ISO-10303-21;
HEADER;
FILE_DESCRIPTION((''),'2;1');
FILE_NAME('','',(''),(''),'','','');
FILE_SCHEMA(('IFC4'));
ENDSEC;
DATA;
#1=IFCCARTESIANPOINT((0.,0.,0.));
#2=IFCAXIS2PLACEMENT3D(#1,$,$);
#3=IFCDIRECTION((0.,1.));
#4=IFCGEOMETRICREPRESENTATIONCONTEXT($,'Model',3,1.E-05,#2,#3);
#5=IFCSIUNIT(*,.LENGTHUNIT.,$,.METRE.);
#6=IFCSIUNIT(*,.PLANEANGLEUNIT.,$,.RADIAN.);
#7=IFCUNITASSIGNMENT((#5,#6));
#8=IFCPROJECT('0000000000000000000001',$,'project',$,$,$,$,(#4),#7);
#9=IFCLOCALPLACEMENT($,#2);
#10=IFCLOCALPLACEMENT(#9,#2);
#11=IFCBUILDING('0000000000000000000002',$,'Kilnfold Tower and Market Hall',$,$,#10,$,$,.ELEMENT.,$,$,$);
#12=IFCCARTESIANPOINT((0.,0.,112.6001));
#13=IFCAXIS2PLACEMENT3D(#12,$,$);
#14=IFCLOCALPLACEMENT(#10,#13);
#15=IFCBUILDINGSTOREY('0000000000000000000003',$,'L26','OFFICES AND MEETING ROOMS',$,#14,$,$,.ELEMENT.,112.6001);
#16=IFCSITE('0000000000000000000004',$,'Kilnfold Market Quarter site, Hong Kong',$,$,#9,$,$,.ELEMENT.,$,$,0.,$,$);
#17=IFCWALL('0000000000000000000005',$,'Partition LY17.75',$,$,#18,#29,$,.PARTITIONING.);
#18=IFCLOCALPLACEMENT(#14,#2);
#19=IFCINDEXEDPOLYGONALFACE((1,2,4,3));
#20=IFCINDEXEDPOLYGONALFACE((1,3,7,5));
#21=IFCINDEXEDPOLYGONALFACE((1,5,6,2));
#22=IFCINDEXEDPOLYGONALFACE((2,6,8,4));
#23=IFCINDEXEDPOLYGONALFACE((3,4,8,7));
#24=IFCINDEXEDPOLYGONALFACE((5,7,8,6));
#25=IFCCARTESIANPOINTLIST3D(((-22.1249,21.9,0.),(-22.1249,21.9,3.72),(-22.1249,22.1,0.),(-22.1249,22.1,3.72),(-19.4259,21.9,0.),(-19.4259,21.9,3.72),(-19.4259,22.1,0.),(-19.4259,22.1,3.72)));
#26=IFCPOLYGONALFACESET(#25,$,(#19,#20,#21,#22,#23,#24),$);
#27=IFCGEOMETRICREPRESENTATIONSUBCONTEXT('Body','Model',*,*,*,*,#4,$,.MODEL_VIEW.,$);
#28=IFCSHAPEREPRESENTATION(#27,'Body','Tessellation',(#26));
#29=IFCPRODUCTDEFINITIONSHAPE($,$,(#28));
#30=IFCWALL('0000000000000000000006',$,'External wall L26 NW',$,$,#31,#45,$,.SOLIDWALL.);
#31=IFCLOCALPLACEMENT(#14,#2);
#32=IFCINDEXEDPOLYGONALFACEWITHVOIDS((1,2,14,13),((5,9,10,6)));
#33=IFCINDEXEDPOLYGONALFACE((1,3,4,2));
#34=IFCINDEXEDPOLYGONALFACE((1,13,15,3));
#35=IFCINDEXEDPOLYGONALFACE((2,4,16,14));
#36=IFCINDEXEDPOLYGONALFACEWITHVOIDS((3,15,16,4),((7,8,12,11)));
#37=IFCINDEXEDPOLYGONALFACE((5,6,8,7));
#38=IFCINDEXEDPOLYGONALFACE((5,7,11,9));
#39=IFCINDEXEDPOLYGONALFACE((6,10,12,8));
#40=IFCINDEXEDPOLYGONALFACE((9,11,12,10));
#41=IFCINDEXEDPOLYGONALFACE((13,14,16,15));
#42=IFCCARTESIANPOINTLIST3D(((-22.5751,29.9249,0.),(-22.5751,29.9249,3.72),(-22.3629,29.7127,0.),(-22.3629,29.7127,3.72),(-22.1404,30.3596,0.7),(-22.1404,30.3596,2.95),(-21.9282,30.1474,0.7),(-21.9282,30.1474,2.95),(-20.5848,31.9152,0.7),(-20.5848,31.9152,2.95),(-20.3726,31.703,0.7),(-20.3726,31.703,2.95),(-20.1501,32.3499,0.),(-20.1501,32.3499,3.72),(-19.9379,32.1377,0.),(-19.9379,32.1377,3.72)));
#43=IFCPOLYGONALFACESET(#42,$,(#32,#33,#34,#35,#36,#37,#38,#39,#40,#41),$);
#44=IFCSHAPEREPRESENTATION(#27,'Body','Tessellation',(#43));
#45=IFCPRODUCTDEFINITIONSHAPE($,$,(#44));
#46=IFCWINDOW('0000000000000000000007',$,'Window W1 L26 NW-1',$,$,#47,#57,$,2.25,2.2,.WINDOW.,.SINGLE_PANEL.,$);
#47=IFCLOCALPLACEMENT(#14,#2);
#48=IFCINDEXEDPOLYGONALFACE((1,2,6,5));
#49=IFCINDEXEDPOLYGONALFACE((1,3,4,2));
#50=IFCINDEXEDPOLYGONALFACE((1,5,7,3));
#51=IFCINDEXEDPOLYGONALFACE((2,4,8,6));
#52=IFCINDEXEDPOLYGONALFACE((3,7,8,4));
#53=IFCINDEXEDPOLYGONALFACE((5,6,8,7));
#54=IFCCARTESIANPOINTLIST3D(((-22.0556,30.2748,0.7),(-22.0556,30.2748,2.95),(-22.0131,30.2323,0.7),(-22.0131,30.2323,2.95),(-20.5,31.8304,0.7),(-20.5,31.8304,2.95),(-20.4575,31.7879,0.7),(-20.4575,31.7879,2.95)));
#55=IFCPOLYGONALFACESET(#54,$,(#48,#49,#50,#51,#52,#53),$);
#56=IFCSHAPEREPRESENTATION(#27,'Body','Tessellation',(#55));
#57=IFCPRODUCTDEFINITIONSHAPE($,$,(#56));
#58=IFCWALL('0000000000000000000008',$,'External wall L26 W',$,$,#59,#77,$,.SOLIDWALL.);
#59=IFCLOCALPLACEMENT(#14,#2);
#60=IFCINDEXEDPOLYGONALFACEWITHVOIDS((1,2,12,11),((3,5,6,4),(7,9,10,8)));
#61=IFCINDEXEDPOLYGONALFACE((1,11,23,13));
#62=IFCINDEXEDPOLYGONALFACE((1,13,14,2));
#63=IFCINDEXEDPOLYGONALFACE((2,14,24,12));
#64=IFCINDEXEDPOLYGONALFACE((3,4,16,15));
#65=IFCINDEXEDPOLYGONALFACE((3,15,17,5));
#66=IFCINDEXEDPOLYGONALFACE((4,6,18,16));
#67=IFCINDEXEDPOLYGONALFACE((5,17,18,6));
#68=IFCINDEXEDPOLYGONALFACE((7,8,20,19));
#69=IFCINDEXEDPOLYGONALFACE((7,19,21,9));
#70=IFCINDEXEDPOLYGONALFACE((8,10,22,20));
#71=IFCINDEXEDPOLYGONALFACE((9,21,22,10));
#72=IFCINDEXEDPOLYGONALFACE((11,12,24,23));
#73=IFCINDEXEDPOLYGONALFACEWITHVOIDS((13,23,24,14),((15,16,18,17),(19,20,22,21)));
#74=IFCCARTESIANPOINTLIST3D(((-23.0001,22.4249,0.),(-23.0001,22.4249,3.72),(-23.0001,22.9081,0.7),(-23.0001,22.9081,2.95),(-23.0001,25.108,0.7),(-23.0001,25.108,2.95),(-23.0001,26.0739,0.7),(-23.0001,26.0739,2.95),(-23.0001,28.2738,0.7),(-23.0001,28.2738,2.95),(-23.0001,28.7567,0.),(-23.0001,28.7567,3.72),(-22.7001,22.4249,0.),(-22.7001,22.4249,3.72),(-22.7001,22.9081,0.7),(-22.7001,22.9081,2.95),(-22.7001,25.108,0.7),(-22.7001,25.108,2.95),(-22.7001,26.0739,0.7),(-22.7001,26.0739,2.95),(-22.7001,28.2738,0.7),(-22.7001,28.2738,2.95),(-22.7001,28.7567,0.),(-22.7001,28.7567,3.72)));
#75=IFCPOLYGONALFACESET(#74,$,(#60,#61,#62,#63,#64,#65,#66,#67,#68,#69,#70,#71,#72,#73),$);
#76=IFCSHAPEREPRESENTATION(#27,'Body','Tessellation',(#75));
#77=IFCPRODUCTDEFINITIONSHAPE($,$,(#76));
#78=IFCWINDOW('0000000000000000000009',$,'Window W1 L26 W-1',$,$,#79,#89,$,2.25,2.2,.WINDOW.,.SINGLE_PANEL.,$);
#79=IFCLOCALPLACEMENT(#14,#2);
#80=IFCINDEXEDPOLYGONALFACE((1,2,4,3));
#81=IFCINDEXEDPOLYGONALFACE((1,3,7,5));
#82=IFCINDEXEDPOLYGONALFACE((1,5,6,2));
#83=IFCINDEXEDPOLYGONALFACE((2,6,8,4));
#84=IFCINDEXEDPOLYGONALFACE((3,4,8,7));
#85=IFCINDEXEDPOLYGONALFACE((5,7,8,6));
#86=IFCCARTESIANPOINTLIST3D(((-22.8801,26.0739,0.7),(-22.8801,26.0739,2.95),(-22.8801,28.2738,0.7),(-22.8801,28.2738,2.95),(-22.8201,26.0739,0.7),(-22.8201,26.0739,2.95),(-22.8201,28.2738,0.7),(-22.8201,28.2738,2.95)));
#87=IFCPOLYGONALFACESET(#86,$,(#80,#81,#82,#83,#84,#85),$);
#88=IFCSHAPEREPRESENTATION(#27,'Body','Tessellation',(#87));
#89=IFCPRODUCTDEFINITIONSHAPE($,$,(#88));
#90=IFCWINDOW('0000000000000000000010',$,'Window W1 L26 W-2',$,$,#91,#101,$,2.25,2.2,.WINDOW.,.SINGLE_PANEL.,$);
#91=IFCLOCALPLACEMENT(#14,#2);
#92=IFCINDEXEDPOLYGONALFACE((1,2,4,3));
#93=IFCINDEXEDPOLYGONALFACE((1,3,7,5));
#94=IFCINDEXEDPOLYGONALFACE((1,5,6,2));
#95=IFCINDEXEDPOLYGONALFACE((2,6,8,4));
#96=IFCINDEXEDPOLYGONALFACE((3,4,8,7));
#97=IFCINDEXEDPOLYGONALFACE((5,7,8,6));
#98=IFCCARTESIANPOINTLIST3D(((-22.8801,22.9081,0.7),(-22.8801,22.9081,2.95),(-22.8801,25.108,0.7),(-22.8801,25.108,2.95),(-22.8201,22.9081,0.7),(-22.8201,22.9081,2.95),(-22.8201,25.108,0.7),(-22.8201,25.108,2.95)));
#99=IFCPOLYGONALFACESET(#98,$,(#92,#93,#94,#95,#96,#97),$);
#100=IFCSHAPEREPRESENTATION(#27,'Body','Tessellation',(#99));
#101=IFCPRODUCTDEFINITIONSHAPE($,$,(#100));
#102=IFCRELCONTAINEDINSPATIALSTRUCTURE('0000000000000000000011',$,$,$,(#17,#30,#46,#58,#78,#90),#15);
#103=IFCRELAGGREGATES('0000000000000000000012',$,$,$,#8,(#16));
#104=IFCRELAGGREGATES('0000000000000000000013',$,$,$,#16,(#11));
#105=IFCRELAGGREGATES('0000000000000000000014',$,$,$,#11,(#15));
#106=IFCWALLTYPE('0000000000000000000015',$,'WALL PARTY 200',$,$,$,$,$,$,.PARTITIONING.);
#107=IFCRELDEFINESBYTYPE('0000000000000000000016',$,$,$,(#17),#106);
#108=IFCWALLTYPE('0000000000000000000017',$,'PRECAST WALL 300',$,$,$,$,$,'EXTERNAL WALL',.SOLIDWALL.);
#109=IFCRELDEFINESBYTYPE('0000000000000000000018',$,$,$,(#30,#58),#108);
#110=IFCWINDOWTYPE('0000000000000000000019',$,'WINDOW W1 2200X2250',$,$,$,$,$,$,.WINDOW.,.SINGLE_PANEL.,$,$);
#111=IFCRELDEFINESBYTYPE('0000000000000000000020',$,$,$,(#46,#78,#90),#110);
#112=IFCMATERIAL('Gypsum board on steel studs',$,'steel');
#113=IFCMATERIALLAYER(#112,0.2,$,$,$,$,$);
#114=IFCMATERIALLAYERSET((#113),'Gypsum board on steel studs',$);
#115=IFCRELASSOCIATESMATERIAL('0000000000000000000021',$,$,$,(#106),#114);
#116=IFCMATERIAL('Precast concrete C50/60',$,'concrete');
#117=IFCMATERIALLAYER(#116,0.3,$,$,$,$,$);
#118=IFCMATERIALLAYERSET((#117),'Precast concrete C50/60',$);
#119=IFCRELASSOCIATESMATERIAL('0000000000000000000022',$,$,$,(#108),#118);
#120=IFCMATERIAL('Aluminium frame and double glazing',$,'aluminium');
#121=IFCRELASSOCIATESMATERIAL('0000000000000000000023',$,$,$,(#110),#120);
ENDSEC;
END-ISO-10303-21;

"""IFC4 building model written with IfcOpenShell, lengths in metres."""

from ifc_helpers import new_model, si_unit, direction, frame, frame_2d, origin, place, context, subcontext, project, spatial, rectangle, extrude, source, transform, mapped, material, layer, layer_set, type_object, element, fill, save


model = new_model("IFC4")

# Units and contexts
model_context = context("Model", 3, precision=1e-05, world=origin(), true_north=direction((0.0, 1.0)))
body_context = subcontext(model_context, "Body", "Model", "MODEL_VIEW")
ifc_project = project(units=[si_unit("LENGTHUNIT", "METRE"), si_unit("PLANEANGLEUNIT", "RADIAN")], contexts=[model_context])

# Site, building, storey
site_placement = place(None, origin())
site = spatial("IfcSite", under=ifc_project, at=site_placement, Name="Kilnfold Market Quarter site, Hong Kong", CompositionType="ELEMENT", RefElevation=0.0)
building_placement = place(site_placement, origin())
building = spatial("IfcBuilding", under=site, at=building_placement, Name="Kilnfold Tower and Market Hall", CompositionType="ELEMENT")
storey_placement = place(building_placement, frame((0.0, 0.0, 112.6001)))
storey = spatial("IfcBuildingStorey", under=building, at=storey_placement, Name="L26", Description="OFFICES AND MEETING ROOMS", CompositionType="ELEMENT", Elevation=112.6001)

# Wall
ifc_material_1 = material(Name="Gypsum board on steel studs", Category="steel")
ifc_layer_1 = layer(ifc_material_1, 0.2)
ifc_layer_set_1 = layer_set([ifc_layer_1], Name="Gypsum board on steel studs")
wall_type_1 = type_object("IfcWallType", Name="WALL PARTY 200", PredefinedType="PARTITIONING", material=ifc_layer_set_1)
wall_1_placement = place(storey_placement, frame((-22.125, 22.0, 0.0), z_axis=(0.0, 0.0, 1.0), x_axis=(1.0, 0.0, 0.0)))
element("IfcWall", 1, at=wall_1_placement, inside=storey, type_object=wall_type_1, Name="Partition LY17.75", PredefinedType="PARTITIONING", context=body_context, shape_type="SweptSolid", body=[
    extrude(rectangle(XDim=2.699, YDim=0.2, at=frame_2d((1.3496, 0.0))), origin(), (0.0, 0.0, 1.0), 3.72),
])

# Wall, opening, window
ifc_material_2 = material(Name="Precast concrete C50/60", Category="concrete")
ifc_layer_2 = layer(ifc_material_2, 0.3)
ifc_layer_set_2 = layer_set([ifc_layer_2], Name="Precast concrete C50/60")
wall_type_2 = type_object("IfcWallType", Name="PRECAST WALL 300", ElementType="EXTERNAL WALL", PredefinedType="SOLIDWALL", material=ifc_layer_set_2)
shared_shape_1 = source(origin(), body_context, "Body", "SweptSolid", [
    extrude(rectangle(XDim=3.4294, YDim=0.3, at=frame_2d((1.7148, 0.0))), origin(), (0.0, 0.0, 1.0), 3.72),
])
wall_2_placement = place(storey_placement, frame((-20.0439, 32.2439, 0.0), z_axis=(0.0, 0.0, 1.0), x_axis=(-0.707107, -0.707107, 0.0)))
wall_2 = element("IfcWall", 2, at=wall_2_placement, inside=storey, type_object=wall_type_2, Name="External wall L26 NW", PredefinedType="SOLIDWALL", context=body_context, shape_type="MappedRepresentation", body=[
    mapped(shared_shape_1, transform((0.0, 0.0, 0.0))),
])
opening_1_placement = place(wall_2_placement, frame((0.6147, 0.0, 0.7)))
opening_1 = element("IfcOpeningElement", 3, at=opening_1_placement, cuts=wall_2, PredefinedType="OPENING", context=body_context, shape_type="SweptSolid", body=[
    extrude(rectangle(XDim=2.2, YDim=2.25, at=frame_2d((1.1001, 1.125))), frame((0.0, 0.1602, 0.0), z_axis=(0.0, -1.0, 0.0), x_axis=(1.0, 0.0, 0.0)), (0.0, 0.0, 1.0), 0.3201),
])
ifc_material_3 = material(Name="Aluminium frame and double glazing", Category="aluminium")
window_type = type_object("IfcWindowType", Name="WINDOW W1 2200X2250", PartitioningType="SINGLE_PANEL", PredefinedType="WINDOW", material=ifc_material_3)
window_1_placement = place(opening_1_placement, origin())
window_1 = element("IfcWindow", 4, at=window_1_placement, inside=storey, type_object=window_type, Name="Window W1 L26 NW-1", OverallHeight=2.25, OverallWidth=2.2, PartitioningType="SINGLE_PANEL", PredefinedType="WINDOW", context=body_context, shape_type="SweptSolid", body=[
    extrude(rectangle(XDim=2.2, YDim=2.25, at=frame_2d((1.1001, 1.125))), frame((0.0, 0.03, 0.0), z_axis=(0.0, -1.0, 0.0), x_axis=(1.0, 0.0, 0.0)), (0.0, 0.0, 1.0), 0.0601),
])
fill(opening_1, window_1)

# Wall, openings, windows
shared_shape_2 = source(origin(), body_context, "Body", "SweptSolid", [
    extrude(rectangle(XDim=6.3318, YDim=0.3, at=frame_2d((3.166, 0.0))), origin(), (0.0, 0.0, 1.0), 3.72),
])
wall_3_placement = place(storey_placement, frame((-22.8501, 28.7568, 0.0), z_axis=(0.0, 0.0, 1.0), x_axis=(0.0, -1.0, 0.0)))
wall_3 = element("IfcWall", 5, at=wall_3_placement, inside=storey, type_object=wall_type_2, Name="External wall L26 W", PredefinedType="SOLIDWALL", context=body_context, shape_type="MappedRepresentation", body=[
    mapped(shared_shape_2, transform((0.0, 0.0, 0.0))),
])
opening_2_placement = place(wall_3_placement, frame((0.4829, 0.0, 0.7)))
opening_2 = element("IfcOpeningElement", 6, at=opening_2_placement, cuts=wall_3, PredefinedType="OPENING", context=body_context, shape_type="SweptSolid", body=[
    extrude(rectangle(XDim=2.2, YDim=2.25, at=frame_2d((1.1001, 1.125))), frame((0.0, 0.1602, 0.0), z_axis=(0.0, -1.0, 0.0), x_axis=(1.0, 0.0, 0.0)), (0.0, 0.0, 1.0), 0.3201),
])
opening_3_placement = place(wall_3_placement, frame((3.6487, 0.0, 0.7)))
opening_3 = element("IfcOpeningElement", 7, at=opening_3_placement, cuts=wall_3, PredefinedType="OPENING", context=body_context, shape_type="SweptSolid", body=[
    extrude(rectangle(XDim=2.2, YDim=2.25, at=frame_2d((1.1001, 1.125))), frame((0.0, 0.1602, 0.0), z_axis=(0.0, -1.0, 0.0), x_axis=(1.0, 0.0, 0.0)), (0.0, 0.0, 1.0), 0.3201),
])
window_2_placement = place(opening_2_placement, origin())
window_2 = element("IfcWindow", 8, at=window_2_placement, inside=storey, type_object=window_type, Name="Window W1 L26 W-1", OverallHeight=2.25, OverallWidth=2.2, PartitioningType="SINGLE_PANEL", PredefinedType="WINDOW", context=body_context, shape_type="SweptSolid", body=[
    extrude(rectangle(XDim=2.2, YDim=2.25, at=frame_2d((1.1001, 1.125))), frame((0.0, 0.03, 0.0), z_axis=(0.0, -1.0, 0.0), x_axis=(1.0, 0.0, 0.0)), (0.0, 0.0, 1.0), 0.0601),
])
fill(opening_2, window_2)
window_3_placement = place(opening_3_placement, origin())
window_3 = element("IfcWindow", 9, at=window_3_placement, inside=storey, type_object=window_type, Name="Window W1 L26 W-2", OverallHeight=2.25, OverallWidth=2.2, PartitioningType="SINGLE_PANEL", PredefinedType="WINDOW", context=body_context, shape_type="SweptSolid", body=[
    extrude(rectangle(XDim=2.2, YDim=2.25, at=frame_2d((1.1001, 1.125))), frame((0.0, 0.03, 0.0), z_axis=(0.0, -1.0, 0.0), x_axis=(1.0, 0.0, 0.0)), (0.0, 0.0, 1.0), 0.0601),
])
fill(opening_3, window_3)

save(model, "model.ifc")
